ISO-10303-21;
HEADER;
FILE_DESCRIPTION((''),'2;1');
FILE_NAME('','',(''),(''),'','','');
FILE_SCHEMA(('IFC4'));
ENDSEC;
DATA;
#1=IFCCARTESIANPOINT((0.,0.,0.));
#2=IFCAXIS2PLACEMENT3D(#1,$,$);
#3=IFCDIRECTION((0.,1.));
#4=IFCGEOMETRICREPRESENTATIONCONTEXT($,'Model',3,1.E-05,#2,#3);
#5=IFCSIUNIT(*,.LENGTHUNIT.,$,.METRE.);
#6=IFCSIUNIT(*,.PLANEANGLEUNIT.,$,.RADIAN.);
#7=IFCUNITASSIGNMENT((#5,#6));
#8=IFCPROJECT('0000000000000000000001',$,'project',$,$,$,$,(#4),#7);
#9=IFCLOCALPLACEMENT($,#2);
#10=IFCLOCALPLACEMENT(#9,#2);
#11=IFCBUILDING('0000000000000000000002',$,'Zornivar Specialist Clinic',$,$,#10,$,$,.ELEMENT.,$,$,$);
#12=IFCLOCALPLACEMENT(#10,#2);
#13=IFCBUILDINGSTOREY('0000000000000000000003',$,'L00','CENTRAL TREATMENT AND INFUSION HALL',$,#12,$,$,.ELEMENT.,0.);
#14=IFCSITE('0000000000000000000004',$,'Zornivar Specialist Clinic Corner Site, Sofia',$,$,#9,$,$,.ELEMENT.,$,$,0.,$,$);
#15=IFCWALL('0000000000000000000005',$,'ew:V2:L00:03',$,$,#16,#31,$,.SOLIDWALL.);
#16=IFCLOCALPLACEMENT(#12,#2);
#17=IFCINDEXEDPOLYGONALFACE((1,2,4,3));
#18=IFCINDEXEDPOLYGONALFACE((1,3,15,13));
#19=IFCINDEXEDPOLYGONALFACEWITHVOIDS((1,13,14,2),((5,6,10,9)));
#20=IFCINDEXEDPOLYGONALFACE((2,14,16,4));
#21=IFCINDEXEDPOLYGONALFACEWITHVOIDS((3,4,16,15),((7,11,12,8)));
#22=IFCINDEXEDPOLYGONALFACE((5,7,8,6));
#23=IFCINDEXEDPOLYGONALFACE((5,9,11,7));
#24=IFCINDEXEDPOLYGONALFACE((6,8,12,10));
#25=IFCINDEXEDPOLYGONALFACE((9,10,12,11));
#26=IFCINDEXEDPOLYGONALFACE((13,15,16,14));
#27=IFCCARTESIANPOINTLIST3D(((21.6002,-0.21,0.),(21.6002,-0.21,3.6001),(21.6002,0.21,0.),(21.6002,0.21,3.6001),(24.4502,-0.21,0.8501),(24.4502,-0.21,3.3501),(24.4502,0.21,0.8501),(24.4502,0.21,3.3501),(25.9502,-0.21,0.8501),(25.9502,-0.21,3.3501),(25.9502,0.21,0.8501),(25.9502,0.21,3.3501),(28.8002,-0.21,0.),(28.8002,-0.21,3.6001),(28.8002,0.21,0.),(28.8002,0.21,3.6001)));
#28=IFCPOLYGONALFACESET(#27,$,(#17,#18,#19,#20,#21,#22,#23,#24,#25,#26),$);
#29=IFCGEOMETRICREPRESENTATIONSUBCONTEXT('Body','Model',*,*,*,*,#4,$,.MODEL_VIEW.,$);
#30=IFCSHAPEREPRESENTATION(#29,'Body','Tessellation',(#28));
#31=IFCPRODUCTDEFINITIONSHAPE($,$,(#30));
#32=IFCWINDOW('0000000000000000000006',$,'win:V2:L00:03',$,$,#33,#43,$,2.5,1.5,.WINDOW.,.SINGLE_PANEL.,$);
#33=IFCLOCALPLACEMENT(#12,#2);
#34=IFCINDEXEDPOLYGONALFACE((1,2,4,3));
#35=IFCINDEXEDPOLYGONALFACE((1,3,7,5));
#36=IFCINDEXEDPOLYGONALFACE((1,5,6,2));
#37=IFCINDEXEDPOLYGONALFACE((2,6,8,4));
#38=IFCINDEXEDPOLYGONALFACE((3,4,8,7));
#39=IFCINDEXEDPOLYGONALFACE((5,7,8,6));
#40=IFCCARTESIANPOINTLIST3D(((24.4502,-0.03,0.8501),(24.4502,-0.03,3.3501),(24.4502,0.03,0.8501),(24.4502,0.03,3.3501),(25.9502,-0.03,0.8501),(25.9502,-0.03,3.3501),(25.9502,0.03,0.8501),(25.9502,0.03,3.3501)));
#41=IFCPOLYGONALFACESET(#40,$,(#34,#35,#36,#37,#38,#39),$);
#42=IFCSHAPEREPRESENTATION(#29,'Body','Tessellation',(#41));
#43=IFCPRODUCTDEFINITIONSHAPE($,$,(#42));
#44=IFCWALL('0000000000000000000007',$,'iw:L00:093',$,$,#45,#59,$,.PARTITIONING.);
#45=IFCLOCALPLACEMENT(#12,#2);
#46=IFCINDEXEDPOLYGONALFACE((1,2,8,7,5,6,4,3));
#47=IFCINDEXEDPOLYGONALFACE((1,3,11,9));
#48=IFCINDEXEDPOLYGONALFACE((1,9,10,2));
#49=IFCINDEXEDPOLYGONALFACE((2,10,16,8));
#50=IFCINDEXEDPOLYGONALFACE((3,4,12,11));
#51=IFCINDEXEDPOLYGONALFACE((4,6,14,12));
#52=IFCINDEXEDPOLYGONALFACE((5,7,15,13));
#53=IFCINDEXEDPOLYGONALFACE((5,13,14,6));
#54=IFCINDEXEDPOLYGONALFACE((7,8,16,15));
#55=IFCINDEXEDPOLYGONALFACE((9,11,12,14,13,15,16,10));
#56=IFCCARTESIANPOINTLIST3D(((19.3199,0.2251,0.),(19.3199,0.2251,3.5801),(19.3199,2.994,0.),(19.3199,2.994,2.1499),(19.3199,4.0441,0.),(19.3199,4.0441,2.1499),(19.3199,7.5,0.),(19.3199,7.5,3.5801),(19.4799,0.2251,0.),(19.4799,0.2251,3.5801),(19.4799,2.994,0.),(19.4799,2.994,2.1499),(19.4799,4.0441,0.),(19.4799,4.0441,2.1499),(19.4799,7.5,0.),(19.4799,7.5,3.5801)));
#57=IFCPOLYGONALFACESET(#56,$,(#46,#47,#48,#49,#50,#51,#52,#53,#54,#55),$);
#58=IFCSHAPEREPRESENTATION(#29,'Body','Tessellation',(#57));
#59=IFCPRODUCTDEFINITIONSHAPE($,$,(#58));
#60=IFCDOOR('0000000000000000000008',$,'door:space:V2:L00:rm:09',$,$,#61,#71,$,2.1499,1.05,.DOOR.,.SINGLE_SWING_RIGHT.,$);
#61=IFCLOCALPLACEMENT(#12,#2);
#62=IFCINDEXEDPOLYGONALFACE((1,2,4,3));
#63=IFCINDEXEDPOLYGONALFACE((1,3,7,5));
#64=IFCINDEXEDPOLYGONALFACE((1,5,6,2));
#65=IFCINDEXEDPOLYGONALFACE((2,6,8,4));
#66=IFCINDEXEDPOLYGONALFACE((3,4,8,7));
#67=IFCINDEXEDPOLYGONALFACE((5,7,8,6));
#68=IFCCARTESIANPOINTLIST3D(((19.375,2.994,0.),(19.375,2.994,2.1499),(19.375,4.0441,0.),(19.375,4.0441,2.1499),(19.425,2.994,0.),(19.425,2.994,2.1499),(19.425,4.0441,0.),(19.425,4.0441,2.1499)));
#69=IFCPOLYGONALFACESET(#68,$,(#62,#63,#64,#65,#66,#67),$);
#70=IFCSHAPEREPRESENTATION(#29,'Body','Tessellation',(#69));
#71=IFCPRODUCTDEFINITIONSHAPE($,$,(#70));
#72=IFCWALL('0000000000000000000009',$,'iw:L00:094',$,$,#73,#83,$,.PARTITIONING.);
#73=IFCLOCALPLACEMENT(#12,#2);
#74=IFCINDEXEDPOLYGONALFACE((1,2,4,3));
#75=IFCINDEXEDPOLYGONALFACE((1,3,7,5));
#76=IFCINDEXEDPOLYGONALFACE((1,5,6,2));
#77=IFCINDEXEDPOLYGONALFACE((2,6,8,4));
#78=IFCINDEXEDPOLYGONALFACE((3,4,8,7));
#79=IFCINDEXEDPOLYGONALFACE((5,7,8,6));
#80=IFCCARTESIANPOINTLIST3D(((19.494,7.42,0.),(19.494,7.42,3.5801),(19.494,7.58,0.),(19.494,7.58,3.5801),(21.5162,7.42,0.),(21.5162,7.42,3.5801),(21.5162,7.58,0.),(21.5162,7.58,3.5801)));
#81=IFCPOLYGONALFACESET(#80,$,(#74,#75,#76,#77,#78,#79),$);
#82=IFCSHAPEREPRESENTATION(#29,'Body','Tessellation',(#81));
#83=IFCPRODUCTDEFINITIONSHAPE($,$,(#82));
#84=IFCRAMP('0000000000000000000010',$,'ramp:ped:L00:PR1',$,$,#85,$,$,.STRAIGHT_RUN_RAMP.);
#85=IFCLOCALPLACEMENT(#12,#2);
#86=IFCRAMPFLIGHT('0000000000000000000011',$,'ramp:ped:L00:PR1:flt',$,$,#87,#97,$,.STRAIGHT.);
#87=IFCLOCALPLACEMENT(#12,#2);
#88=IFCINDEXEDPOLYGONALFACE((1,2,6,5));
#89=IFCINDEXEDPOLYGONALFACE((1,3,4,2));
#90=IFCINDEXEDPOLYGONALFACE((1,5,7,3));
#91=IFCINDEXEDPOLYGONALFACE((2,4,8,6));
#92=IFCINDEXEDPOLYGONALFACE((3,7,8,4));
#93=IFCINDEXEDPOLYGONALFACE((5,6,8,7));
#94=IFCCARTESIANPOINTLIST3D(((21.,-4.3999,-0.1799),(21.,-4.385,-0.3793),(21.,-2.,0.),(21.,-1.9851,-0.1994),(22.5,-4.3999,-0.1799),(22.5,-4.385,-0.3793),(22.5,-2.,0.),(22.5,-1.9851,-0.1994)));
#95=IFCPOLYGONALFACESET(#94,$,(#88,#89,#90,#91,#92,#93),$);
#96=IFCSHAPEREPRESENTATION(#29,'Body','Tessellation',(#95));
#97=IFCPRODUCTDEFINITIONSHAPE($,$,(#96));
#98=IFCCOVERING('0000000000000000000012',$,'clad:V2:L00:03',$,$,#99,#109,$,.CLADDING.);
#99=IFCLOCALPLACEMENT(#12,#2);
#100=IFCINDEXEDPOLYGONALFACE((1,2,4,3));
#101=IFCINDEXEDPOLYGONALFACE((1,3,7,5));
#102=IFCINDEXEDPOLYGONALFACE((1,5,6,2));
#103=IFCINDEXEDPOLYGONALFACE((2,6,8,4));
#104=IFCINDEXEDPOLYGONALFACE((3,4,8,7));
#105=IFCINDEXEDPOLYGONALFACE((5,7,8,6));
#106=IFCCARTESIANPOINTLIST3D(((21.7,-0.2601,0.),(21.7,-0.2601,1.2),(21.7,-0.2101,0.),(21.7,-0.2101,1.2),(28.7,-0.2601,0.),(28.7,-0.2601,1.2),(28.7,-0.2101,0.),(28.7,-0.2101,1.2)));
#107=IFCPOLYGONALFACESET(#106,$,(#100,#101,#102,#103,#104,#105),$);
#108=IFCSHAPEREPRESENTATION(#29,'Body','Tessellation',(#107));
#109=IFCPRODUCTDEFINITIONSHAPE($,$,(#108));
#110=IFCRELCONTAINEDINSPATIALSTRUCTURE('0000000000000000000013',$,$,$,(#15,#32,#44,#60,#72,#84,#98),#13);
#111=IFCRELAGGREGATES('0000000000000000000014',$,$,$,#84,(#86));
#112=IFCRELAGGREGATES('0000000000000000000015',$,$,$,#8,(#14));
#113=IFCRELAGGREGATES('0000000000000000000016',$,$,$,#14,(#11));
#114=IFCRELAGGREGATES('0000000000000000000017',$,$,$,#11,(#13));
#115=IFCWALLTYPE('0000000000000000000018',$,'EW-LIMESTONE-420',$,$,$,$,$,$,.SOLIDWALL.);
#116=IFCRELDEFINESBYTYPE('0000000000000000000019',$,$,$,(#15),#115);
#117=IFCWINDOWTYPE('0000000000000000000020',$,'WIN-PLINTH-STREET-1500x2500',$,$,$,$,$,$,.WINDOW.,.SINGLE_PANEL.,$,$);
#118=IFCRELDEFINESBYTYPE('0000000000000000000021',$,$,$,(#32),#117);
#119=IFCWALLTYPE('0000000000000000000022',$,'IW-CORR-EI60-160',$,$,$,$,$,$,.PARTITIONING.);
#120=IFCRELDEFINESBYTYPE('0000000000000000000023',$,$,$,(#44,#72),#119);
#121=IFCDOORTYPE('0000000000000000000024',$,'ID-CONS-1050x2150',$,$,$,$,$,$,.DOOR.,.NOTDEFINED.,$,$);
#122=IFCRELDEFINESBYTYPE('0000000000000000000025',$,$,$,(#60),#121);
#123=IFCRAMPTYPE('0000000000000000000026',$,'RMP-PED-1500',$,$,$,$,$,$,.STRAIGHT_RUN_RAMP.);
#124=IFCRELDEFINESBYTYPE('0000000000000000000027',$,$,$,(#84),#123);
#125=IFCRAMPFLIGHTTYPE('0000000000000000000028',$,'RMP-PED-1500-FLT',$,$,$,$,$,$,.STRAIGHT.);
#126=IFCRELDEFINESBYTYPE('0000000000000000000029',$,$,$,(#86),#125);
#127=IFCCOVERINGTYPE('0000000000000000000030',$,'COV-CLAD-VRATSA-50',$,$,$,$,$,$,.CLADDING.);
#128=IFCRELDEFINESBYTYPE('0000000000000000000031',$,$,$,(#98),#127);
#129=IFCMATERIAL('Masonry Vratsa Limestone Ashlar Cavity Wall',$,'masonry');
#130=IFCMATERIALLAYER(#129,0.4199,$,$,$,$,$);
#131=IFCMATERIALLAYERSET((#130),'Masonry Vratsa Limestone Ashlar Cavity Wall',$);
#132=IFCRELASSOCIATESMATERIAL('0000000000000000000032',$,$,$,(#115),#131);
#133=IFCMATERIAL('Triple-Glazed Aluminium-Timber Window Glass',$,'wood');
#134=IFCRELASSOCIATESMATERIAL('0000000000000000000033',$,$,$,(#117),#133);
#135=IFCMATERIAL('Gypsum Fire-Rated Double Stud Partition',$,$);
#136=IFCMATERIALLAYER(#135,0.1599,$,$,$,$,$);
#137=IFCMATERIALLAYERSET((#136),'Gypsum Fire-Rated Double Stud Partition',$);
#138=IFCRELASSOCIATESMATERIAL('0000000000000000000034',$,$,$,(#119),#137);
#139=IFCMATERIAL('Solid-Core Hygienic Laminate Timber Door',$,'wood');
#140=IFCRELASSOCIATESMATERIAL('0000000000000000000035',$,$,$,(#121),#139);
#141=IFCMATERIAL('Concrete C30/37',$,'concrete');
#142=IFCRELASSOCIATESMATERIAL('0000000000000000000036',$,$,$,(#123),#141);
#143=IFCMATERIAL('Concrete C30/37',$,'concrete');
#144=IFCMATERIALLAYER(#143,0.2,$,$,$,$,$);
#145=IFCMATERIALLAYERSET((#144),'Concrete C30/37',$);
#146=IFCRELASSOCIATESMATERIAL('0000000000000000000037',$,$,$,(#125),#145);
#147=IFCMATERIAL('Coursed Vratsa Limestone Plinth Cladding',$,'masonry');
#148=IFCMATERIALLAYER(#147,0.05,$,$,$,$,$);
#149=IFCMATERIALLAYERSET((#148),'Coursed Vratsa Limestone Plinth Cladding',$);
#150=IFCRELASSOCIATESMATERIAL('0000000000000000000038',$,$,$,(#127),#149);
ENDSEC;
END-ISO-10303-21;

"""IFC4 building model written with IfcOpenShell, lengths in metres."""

from ifc_helpers import new_model, si_unit, direction, frame, frame_2d, origin, origin_2d, place, context, subcontext, project, spatial, polyline, rectangle, outline, extrude, material, layer, layer_set, type_object, element, fill, aggregate, save


model = new_model("IFC4")

# Units and contexts
model_context = context("Model", 3, precision=1e-05, world=origin(), true_north=direction((0.0, 1.0)))
body_context = subcontext(model_context, "Body", "Model", "MODEL_VIEW")
ifc_project = project(units=[si_unit("LENGTHUNIT", "METRE"), si_unit("PLANEANGLEUNIT", "RADIAN")], contexts=[model_context])

# Site, building, storey
site_placement = place(None, origin())
site = spatial("IfcSite", under=ifc_project, at=site_placement, Name="Zornivar Specialist Clinic Corner Site, Sofia", CompositionType="ELEMENT", RefElevation=0.0)
building_placement = place(site_placement, origin())
building = spatial("IfcBuilding", under=site, at=building_placement, Name="Zornivar Specialist Clinic", CompositionType="ELEMENT")
storey_placement = place(building_placement, origin())
storey = spatial("IfcBuildingStorey", under=building, at=storey_placement, Name="L00", Description="CENTRAL TREATMENT AND INFUSION HALL", CompositionType="ELEMENT", Elevation=0.0)

# Wall, opening, window
ifc_material_1 = material(Name="Masonry Vratsa Limestone Ashlar Cavity Wall", Category="masonry")
ifc_layer_1 = layer(ifc_material_1, 0.4199)
ifc_layer_set_1 = layer_set([ifc_layer_1], Name="Masonry Vratsa Limestone Ashlar Cavity Wall")
wall_type_1 = type_object("IfcWallType", Name="EW-LIMESTONE-420", PredefinedType="SOLIDWALL", material=ifc_layer_set_1)
wall_1_placement = place(storey_placement, frame((21.6001, 0.0, 0.0), z_axis=(0.0, 0.0, 1.0), x_axis=(1.0, 0.0, 0.0)))
wall_1 = element("IfcWall", 1, at=wall_1_placement, inside=storey, type_object=wall_type_1, Name="ew:V2:L00:03", PredefinedType="SOLIDWALL", context=body_context, shape_type="SweptSolid", body=[
    extrude(rectangle(XDim=7.2, YDim=0.4199, at=frame_2d((3.6001, 0.0))), origin(), (0.0, 0.0, 1.0), 3.6001),
])
opening_1_placement = place(wall_1_placement, frame((2.8501, 0.0, 0.8501)))
opening_1 = element("IfcOpeningElement", 2, at=opening_1_placement, cuts=wall_1, PredefinedType="OPENING", context=body_context, shape_type="SweptSolid", body=[
    extrude(rectangle(XDim=1.5, YDim=2.5, at=frame_2d((0.75, 1.25))), frame((0.0, 0.22, 0.0), z_axis=(0.0, -1.0, 0.0), x_axis=(1.0, 0.0, 0.0)), (0.0, 0.0, 1.0), 0.4399),
])
ifc_material_2 = material(Name="Triple-Glazed Aluminium-Timber Window Glass", Category="wood")
window_type = type_object("IfcWindowType", Name="WIN-PLINTH-STREET-1500x2500", PartitioningType="SINGLE_PANEL", PredefinedType="WINDOW", material=ifc_material_2)
window_placement = place(opening_1_placement, origin())
window = element("IfcWindow", 3, at=window_placement, inside=storey, type_object=window_type, Name="win:V2:L00:03", OverallHeight=2.5, OverallWidth=1.5, PartitioningType="SINGLE_PANEL", PredefinedType="WINDOW", context=body_context, shape_type="SweptSolid", body=[
    extrude(rectangle(XDim=1.5, YDim=2.5, at=frame_2d((0.75, 1.25))), frame((0.0, 0.03, 0.0), z_axis=(0.0, -1.0, 0.0), x_axis=(1.0, 0.0, 0.0)), (0.0, 0.0, 1.0), 0.0601),
])
fill(opening_1, window)

# Wall, opening, door
ifc_material_3 = material(Name="Gypsum Fire-Rated Double Stud Partition")
ifc_layer_2 = layer(ifc_material_3, 0.1599)
ifc_layer_set_2 = layer_set([ifc_layer_2], Name="Gypsum Fire-Rated Double Stud Partition")
wall_type_2 = type_object("IfcWallType", Name="IW-CORR-EI60-160", PredefinedType="PARTITIONING", material=ifc_layer_set_2)
wall_2_placement = place(storey_placement, frame((19.3999, 0.2251, 0.0), z_axis=(0.0, 0.0, 1.0), x_axis=(0.0, 1.0, 0.0)))
wall_2 = element("IfcWall", 4, at=wall_2_placement, inside=storey, type_object=wall_type_2, Name="iw:L00:093", PredefinedType="PARTITIONING", context=body_context, shape_type="SweptSolid", body=[
    extrude(rectangle(XDim=7.2749, YDim=0.1599, at=frame_2d((3.6375, 0.0))), origin(), (0.0, 0.0, 1.0), 3.5801),
])
opening_2_placement = place(wall_2_placement, frame((2.769, 0.0, 0.0)))
opening_2 = element("IfcOpeningElement", 5, at=opening_2_placement, cuts=wall_2, PredefinedType="OPENING", context=body_context, shape_type="SweptSolid", body=[
    extrude(rectangle(XDim=1.05, YDim=2.1499, at=frame_2d((0.5249, 1.075))), frame((0.0, 0.0898, 0.0), z_axis=(0.0, -1.0, 0.0), x_axis=(1.0, 0.0, 0.0)), (0.0, 0.0, 1.0), 0.1799),
])
ifc_material_4 = material(Name="Solid-Core Hygienic Laminate Timber Door", Category="wood")
door_type = type_object("IfcDoorType", Name="ID-CONS-1050x2150", OperationType="NOTDEFINED", PredefinedType="DOOR", material=ifc_material_4)
door_placement = place(opening_2_placement, origin())
door = element("IfcDoor", 6, at=door_placement, inside=storey, type_object=door_type, Name="door:space:V2:L00:rm:09", OperationType="SINGLE_SWING_RIGHT", OverallHeight=2.1499, OverallWidth=1.05, PredefinedType="DOOR", context=body_context, shape_type="SweptSolid", body=[
    extrude(rectangle(XDim=1.05, YDim=2.1499, at=frame_2d((0.5249, 1.075))), frame((0.0, 0.0249, 0.0), z_axis=(0.0, -1.0, 0.0), x_axis=(1.0, 0.0, 0.0)), (0.0, 0.0, 1.0), 0.05),
])
fill(opening_2, door)

# Wall
wall_3_placement = place(storey_placement, frame((19.4939, 7.5, 0.0), z_axis=(0.0, 0.0, 1.0), x_axis=(1.0, 0.0, 0.0)))
element("IfcWall", 7, at=wall_3_placement, inside=storey, type_object=wall_type_2, Name="iw:L00:094", PredefinedType="PARTITIONING", context=body_context, shape_type="SweptSolid", body=[
    extrude(rectangle(XDim=2.0222, YDim=0.1599, at=frame_2d((1.0112, 0.0))), origin(), (0.0, 0.0, 1.0), 3.5801),
])

# Ramp, ramp flight
ifc_material_5 = material(Name="Concrete C30/37", Category="concrete")
ramp_type = type_object("IfcRampType", Name="RMP-PED-1500", PredefinedType="STRAIGHT_RUN_RAMP", material=ifc_material_5)
ramp_placement = place(storey_placement, origin())
ramp = element("IfcRamp", 8, at=ramp_placement, inside=storey, type_object=ramp_type, Name="ramp:ped:L00:PR1", PredefinedType="STRAIGHT_RUN_RAMP")
ifc_material_6 = material(Name="Concrete C30/37", Category="concrete")
ifc_layer_3 = layer(ifc_material_6, 0.2)
ifc_layer_set_3 = layer_set([ifc_layer_3], Name="Concrete C30/37")
ramp_flight_type = type_object("IfcRampFlightType", Name="RMP-PED-1500-FLT", PredefinedType="STRAIGHT", material=ifc_layer_set_3)
ramp_flight_placement = place(storey_placement, frame((21.0, -4.3999, -0.1799), z_axis=(0.0, -0.074765, 0.997201), x_axis=(1.0, 0.0, 0.0)))
ramp_flight = element("IfcRampFlight", 9, at=ramp_flight_placement, type_object=ramp_flight_type, Name="ramp:ped:L00:PR1:flt", PredefinedType="STRAIGHT", context=body_context, shape_type="SweptSolid", body=[
    extrude(outline(polyline([(0.0, 0.0), (1.5, 0.0), (1.5, 2.4066), (0.0, 2.4066), (0.0, 0.0)])), origin(), (0.0, 0.0, -1.0), 0.2),
])
aggregate(ramp, [ramp_flight])

# Covering
ifc_material_7 = material(Name="Coursed Vratsa Limestone Plinth Cladding", Category="masonry")
ifc_layer_4 = layer(ifc_material_7, 0.05)
ifc_layer_set_4 = layer_set([ifc_layer_4], Name="Coursed Vratsa Limestone Plinth Cladding")
covering_type = type_object("IfcCoveringType", Name="COV-CLAD-VRATSA-50", PredefinedType="CLADDING", material=ifc_layer_set_4)
covering_placement = place(storey_placement, frame((25.2, -0.2351, 0.0), z_axis=(0.0, 0.0, 1.0), x_axis=(1.0, 0.0, 0.0)))
element("IfcCovering", 10, at=covering_placement, inside=storey, type_object=covering_type, Name="clad:V2:L00:03", PredefinedType="CLADDING", context=body_context, shape_type="SweptSolid", body=[
    extrude(rectangle(XDim=7.0, YDim=0.05, at=origin_2d()), origin(), (0.0, 0.0, 1.0), 1.2),
])

save(model, "model.ifc")
